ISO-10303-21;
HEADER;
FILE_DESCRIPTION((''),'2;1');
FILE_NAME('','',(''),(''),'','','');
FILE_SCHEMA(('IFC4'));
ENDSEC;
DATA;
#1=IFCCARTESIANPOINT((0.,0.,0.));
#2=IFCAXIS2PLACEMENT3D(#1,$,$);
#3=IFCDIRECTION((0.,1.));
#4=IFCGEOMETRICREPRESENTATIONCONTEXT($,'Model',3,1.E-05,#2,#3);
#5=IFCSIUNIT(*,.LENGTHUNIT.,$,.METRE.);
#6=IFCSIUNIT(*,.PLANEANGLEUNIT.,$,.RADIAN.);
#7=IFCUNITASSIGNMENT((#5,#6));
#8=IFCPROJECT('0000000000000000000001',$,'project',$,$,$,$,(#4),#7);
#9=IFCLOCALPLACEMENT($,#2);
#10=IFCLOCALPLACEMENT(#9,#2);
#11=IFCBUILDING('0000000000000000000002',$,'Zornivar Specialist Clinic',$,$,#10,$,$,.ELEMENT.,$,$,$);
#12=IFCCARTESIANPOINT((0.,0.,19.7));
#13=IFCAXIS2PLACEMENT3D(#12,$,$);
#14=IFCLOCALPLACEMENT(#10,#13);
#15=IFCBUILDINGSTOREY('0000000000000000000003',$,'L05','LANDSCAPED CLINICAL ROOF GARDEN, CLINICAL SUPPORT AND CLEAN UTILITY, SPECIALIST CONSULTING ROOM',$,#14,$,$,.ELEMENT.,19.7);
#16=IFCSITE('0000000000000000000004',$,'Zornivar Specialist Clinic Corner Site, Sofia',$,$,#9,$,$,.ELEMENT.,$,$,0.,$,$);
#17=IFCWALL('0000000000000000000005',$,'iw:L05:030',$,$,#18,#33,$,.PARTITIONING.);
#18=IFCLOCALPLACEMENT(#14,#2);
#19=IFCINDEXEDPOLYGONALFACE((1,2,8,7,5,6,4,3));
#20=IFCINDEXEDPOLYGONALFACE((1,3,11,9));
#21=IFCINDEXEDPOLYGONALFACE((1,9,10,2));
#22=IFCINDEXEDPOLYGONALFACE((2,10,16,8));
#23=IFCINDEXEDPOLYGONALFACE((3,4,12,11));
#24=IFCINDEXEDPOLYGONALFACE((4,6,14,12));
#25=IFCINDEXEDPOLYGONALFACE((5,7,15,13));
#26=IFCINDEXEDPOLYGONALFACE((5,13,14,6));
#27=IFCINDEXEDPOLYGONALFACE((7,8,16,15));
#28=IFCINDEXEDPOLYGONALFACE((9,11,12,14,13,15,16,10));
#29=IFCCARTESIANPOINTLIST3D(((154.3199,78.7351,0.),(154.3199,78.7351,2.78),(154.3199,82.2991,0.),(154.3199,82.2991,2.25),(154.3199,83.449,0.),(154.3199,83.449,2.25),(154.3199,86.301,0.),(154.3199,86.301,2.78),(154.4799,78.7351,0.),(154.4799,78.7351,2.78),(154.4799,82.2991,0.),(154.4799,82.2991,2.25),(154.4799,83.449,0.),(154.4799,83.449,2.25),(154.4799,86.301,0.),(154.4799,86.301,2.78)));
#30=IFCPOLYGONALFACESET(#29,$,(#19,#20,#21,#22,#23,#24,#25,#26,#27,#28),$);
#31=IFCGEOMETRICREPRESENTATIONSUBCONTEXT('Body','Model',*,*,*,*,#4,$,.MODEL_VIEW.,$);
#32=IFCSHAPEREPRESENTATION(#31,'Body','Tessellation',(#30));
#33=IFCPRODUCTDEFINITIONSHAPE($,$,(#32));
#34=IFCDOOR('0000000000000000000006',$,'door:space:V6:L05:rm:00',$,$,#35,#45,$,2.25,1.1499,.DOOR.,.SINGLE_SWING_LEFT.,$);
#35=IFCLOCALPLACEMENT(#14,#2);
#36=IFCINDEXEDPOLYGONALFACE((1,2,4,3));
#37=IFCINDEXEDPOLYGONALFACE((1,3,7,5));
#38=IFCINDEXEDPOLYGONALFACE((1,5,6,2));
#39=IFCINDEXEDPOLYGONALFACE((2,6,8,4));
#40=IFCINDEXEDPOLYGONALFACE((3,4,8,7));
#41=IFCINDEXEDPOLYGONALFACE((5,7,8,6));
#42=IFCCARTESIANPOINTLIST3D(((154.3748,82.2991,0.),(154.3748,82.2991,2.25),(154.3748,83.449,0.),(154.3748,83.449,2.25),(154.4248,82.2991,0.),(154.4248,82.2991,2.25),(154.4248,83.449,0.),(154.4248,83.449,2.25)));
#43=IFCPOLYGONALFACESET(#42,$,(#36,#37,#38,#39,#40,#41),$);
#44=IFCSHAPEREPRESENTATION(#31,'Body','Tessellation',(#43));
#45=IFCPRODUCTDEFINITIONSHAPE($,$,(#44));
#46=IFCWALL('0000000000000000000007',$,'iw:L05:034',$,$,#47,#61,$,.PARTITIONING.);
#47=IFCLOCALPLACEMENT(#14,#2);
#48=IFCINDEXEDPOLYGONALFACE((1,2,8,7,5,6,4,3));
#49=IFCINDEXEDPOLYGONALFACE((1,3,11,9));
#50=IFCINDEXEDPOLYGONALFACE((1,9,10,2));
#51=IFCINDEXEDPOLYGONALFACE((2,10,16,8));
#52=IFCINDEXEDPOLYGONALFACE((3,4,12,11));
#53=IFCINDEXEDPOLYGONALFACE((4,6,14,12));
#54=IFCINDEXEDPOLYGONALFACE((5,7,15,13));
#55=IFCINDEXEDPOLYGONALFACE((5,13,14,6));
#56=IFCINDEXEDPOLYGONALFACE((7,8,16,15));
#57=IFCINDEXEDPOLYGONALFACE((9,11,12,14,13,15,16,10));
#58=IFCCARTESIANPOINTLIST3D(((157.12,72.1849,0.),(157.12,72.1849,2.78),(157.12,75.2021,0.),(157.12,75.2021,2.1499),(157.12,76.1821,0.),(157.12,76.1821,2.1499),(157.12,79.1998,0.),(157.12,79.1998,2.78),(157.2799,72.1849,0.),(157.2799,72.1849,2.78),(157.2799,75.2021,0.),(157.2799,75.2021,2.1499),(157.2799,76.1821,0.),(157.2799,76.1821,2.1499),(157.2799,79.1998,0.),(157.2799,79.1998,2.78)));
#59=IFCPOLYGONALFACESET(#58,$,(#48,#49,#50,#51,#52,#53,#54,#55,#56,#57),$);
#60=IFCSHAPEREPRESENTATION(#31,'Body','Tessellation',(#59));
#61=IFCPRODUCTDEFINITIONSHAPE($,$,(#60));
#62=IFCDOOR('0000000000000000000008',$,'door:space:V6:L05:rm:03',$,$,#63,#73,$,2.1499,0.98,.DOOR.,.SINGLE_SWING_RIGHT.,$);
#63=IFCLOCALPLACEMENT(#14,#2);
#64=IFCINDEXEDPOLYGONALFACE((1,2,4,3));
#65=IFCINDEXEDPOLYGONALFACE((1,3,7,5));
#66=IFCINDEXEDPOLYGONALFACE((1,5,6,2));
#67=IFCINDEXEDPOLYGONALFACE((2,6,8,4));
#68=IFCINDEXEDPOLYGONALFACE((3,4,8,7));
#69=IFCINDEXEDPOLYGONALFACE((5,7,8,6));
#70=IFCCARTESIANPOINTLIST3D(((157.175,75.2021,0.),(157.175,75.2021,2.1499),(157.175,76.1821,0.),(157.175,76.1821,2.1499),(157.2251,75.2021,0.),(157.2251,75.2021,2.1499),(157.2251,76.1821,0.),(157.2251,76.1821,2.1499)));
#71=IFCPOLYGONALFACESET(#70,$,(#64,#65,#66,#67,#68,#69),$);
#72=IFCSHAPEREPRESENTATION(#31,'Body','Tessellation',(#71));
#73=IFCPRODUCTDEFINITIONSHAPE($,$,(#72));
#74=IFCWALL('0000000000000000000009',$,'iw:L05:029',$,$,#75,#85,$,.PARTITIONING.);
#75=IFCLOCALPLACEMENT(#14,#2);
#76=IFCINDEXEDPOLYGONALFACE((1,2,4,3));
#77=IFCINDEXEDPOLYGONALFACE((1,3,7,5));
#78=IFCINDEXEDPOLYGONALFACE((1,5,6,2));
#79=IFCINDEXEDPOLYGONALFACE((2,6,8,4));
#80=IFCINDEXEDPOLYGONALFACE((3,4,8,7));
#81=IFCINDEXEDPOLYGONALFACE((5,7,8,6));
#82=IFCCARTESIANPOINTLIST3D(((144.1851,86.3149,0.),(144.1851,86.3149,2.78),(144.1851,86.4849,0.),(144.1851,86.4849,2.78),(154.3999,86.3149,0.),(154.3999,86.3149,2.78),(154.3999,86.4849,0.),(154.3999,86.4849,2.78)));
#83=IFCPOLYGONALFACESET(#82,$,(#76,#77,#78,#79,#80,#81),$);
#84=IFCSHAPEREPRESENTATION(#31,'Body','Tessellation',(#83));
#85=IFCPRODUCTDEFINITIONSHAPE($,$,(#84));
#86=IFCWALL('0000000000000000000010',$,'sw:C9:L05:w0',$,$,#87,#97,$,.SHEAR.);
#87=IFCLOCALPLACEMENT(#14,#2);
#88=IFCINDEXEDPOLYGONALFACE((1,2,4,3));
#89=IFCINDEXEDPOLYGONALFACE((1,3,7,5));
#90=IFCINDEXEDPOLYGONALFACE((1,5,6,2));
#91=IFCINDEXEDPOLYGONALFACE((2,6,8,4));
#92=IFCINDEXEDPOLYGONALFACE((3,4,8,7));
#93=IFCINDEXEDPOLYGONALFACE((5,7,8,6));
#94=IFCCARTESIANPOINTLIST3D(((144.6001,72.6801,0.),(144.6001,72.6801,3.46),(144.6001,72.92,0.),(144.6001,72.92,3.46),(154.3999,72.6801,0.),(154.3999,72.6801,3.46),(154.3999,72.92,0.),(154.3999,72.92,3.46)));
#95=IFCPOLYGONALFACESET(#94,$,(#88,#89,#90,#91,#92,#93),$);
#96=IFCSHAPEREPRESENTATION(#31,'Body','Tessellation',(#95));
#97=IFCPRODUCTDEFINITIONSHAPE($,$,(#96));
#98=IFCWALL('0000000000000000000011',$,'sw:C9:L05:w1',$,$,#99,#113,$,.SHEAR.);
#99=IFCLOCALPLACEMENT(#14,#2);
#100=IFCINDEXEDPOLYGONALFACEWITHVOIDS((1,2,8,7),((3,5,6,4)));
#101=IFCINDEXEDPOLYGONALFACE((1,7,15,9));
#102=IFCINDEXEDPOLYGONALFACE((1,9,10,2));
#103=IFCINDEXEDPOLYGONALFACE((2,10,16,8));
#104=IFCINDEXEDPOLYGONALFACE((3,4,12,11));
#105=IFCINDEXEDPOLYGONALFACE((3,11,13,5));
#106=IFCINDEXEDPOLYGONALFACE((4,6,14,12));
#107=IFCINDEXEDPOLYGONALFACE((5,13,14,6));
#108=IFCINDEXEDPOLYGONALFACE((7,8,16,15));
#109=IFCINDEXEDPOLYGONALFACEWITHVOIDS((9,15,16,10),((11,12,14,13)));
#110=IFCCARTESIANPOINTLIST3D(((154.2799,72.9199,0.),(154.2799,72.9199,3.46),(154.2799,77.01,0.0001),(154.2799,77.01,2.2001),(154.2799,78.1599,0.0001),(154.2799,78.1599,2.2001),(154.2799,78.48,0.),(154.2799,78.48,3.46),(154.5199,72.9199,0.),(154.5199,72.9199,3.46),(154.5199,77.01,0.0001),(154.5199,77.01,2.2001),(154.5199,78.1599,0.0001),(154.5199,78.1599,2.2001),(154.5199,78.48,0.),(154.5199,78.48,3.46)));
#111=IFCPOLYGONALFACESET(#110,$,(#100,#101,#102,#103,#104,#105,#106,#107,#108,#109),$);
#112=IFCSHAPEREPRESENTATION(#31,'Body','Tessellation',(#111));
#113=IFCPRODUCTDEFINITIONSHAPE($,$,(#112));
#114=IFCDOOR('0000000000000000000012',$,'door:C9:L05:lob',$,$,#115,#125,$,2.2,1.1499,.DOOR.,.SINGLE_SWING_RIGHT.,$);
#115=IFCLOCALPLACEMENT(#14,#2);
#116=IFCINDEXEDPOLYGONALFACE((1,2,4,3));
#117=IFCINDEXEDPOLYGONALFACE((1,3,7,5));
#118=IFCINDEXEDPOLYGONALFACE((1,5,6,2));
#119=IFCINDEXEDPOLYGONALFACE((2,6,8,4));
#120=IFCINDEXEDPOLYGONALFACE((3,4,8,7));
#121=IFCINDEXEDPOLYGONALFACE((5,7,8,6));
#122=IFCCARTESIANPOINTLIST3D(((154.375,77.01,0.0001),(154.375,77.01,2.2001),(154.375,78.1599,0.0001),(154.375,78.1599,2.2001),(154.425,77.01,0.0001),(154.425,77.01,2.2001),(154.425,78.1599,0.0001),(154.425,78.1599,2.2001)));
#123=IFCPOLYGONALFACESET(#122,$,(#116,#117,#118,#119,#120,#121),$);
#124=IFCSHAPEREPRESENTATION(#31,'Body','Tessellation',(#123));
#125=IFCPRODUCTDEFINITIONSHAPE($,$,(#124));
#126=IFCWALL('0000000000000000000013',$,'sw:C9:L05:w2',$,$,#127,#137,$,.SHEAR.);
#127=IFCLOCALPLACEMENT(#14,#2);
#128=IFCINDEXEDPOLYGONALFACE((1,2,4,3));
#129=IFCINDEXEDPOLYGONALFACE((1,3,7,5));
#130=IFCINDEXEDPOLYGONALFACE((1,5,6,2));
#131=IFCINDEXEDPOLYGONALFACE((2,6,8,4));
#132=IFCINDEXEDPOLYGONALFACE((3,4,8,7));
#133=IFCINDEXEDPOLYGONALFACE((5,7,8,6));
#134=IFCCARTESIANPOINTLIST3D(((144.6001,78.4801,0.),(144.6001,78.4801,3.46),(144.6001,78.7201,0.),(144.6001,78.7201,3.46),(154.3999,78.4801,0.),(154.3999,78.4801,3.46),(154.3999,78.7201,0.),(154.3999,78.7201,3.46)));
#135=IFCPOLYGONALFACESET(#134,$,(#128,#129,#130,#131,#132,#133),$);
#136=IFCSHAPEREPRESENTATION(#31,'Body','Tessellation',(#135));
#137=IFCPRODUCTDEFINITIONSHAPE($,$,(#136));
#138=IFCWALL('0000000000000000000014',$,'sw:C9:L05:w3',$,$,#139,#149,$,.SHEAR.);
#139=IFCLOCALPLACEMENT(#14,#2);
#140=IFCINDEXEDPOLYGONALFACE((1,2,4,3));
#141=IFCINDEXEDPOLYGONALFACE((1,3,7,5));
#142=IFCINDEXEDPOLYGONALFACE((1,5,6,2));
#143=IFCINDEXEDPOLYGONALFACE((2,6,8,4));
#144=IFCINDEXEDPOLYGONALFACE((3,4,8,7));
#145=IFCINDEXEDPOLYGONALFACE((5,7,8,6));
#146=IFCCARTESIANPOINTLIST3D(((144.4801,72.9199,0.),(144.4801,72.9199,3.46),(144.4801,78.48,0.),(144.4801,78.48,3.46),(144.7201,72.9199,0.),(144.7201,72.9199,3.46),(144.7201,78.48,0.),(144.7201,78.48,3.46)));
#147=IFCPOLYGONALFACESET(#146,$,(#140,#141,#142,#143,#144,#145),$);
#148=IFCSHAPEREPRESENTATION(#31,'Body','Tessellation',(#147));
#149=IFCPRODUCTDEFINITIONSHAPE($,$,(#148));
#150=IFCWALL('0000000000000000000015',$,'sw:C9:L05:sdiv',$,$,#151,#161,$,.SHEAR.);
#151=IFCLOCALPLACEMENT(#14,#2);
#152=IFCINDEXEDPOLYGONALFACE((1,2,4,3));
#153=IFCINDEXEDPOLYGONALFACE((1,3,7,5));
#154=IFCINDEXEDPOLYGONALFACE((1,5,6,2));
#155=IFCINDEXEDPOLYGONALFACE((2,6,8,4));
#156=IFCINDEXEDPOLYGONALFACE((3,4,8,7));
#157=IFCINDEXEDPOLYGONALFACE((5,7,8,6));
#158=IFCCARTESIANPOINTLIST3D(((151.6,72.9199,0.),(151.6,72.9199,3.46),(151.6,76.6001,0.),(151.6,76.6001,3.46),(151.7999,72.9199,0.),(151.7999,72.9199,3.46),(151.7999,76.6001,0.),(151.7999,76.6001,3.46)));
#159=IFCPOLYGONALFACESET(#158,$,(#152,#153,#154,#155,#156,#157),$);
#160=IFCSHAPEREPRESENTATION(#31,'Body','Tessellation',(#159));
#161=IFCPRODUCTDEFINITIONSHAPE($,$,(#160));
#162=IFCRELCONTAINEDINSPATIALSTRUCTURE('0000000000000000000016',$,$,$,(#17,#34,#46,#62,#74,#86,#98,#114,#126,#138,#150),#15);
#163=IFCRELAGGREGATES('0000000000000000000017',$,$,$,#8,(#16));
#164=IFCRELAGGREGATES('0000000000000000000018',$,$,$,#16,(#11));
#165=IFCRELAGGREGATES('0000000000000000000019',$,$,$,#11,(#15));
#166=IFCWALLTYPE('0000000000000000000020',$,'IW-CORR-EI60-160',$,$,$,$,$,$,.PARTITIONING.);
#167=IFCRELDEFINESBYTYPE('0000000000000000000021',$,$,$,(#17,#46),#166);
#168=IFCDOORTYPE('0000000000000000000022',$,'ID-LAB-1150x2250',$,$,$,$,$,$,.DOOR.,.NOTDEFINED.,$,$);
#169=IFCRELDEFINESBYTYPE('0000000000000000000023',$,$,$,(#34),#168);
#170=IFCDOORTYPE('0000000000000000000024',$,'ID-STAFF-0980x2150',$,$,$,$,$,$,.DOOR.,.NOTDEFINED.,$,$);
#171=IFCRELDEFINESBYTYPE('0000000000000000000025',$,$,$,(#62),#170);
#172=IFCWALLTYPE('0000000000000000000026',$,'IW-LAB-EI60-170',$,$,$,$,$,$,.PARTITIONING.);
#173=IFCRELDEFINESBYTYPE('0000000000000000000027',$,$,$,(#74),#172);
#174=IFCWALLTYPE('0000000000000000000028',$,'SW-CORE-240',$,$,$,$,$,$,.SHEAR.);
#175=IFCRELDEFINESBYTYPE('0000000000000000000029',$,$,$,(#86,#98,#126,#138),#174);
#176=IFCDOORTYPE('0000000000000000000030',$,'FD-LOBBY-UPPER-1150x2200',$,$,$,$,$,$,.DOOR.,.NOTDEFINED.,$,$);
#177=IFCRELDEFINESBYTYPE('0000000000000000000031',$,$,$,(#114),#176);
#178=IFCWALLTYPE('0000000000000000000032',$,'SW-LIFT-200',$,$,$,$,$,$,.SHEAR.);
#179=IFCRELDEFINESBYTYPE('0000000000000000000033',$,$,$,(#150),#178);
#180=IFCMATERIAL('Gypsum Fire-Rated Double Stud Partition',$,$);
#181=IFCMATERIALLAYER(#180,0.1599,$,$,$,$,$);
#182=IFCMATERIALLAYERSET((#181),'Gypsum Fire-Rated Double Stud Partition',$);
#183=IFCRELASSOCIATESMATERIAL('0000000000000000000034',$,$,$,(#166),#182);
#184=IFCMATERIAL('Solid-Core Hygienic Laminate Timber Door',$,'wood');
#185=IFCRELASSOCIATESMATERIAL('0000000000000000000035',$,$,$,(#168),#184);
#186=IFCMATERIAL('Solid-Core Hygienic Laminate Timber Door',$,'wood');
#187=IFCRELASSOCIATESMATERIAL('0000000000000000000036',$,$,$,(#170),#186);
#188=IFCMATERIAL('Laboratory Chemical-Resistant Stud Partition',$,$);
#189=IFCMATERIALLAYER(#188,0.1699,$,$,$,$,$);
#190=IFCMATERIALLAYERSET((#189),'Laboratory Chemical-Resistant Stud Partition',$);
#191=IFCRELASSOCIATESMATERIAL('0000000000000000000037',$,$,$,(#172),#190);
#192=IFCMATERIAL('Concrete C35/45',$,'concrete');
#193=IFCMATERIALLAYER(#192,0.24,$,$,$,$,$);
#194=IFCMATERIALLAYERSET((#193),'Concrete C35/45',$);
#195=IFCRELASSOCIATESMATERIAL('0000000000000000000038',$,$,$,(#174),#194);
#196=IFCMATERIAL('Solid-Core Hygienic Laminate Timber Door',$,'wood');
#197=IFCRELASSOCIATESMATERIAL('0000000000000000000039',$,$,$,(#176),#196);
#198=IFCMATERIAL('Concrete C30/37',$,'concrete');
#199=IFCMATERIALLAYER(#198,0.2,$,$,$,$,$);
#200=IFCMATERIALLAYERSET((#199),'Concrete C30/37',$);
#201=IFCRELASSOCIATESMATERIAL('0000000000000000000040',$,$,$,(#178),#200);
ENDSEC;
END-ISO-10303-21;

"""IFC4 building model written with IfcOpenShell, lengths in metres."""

from ifc_helpers import new_model, si_unit, direction, frame, frame_2d, origin, place, context, subcontext, project, spatial, rectangle, extrude, material, layer, layer_set, type_object, element, fill, save


model = new_model("IFC4")

# Units and contexts
model_context = context("Model", 3, precision=1e-05, world=origin(), true_north=direction((0.0, 1.0)))
body_context = subcontext(model_context, "Body", "Model", "MODEL_VIEW")
ifc_project = project(units=[si_unit("LENGTHUNIT", "METRE"), si_unit("PLANEANGLEUNIT", "RADIAN")], contexts=[model_context])

# Site, building, storey
site_placement = place(None, origin())
site = spatial("IfcSite", under=ifc_project, at=site_placement, Name="Zornivar Specialist Clinic Corner Site, Sofia", CompositionType="ELEMENT", RefElevation=0.0)
building_placement = place(site_placement, origin())
building = spatial("IfcBuilding", under=site, at=building_placement, Name="Zornivar Specialist Clinic", CompositionType="ELEMENT")
storey_placement = place(building_placement, frame((0.0, 0.0, 19.7)))
storey = spatial("IfcBuildingStorey", under=building, at=storey_placement, Name="L05", Description="LANDSCAPED CLINICAL ROOF GARDEN, CLINICAL SUPPORT AND CLEAN UTILITY, SPECIALIST CONSULTING ROOM", CompositionType="ELEMENT", Elevation=19.7)

# Walls, openings, doors
ifc_material_1 = material(Name="Gypsum Fire-Rated Double Stud Partition")
ifc_layer_1 = layer(ifc_material_1, 0.1599)
ifc_layer_set_1 = layer_set([ifc_layer_1], Name="Gypsum Fire-Rated Double Stud Partition")
wall_type_1 = type_object("IfcWallType", Name="IW-CORR-EI60-160", PredefinedType="PARTITIONING", material=ifc_layer_set_1)
wall_1_placement = place(storey_placement, frame((154.3999, 86.301, 0.0), z_axis=(0.0, 0.0, 1.0), x_axis=(0.0, -1.0, 0.0)))
wall_1 = element("IfcWall", 1, at=wall_1_placement, inside=storey, type_object=wall_type_1, Name="iw:L05:030", PredefinedType="PARTITIONING", context=body_context, shape_type="SweptSolid", body=[
    extrude(rectangle(XDim=7.5659, YDim=0.1599, at=frame_2d((3.783, 0.0))), origin(), (0.0, 0.0, 1.0), 2.78),
])
opening_1_placement = place(wall_1_placement, frame((2.8521, 0.0, 0.0)))
opening_1 = element("IfcOpeningElement", 2, at=opening_1_placement, cuts=wall_1, PredefinedType="OPENING", context=body_context, shape_type="SweptSolid", body=[
    extrude(rectangle(XDim=1.1499, YDim=2.25, at=frame_2d((0.575, 1.125))), frame((0.0, 0.0898, 0.0), z_axis=(0.0, -1.0, 0.0), x_axis=(1.0, 0.0, 0.0)), (0.0, 0.0, 1.0), 0.1799),
])
ifc_material_2 = material(Name="Solid-Core Hygienic Laminate Timber Door", Category="wood")
door_type_1 = type_object("IfcDoorType", Name="ID-LAB-1150x2250", OperationType="NOTDEFINED", PredefinedType="DOOR", material=ifc_material_2)
door_1_placement = place(opening_1_placement, origin())
door_1 = element("IfcDoor", 3, at=door_1_placement, inside=storey, type_object=door_type_1, Name="door:space:V6:L05:rm:00", OperationType="SINGLE_SWING_LEFT", OverallHeight=2.25, OverallWidth=1.1499, PredefinedType="DOOR", context=body_context, shape_type="SweptSolid", body=[
    extrude(rectangle(XDim=1.1499, YDim=2.25, at=frame_2d((0.575, 1.125))), frame((0.0, 0.0249, 0.0), z_axis=(0.0, -1.0, 0.0), x_axis=(1.0, 0.0, 0.0)), (0.0, 0.0, 1.0), 0.05),
])
fill(opening_1, door_1)
wall_2_placement = place(storey_placement, frame((157.2, 72.1851, 0.0), z_axis=(0.0, 0.0, 1.0), x_axis=(0.0, 1.0, 0.0)))
wall_2 = element("IfcWall", 4, at=wall_2_placement, inside=storey, type_object=wall_type_1, Name="iw:L05:034", PredefinedType="PARTITIONING", context=body_context, shape_type="SweptSolid", body=[
    extrude(rectangle(XDim=7.0149, YDim=0.1599, at=frame_2d((3.5073, 0.0))), origin(), (0.0, 0.0, 1.0), 2.78),
])
opening_2_placement = place(wall_2_placement, frame((3.0171, 0.0, 0.0)))
opening_2 = element("IfcOpeningElement", 5, at=opening_2_placement, cuts=wall_2, PredefinedType="OPENING", context=body_context, shape_type="SweptSolid", body=[
    extrude(rectangle(XDim=0.98, YDim=2.1499, at=frame_2d((0.49, 1.075))), frame((0.0, 0.0898, 0.0), z_axis=(0.0, -1.0, 0.0), x_axis=(1.0, 0.0, 0.0)), (0.0, 0.0, 1.0), 0.1799),
])
ifc_material_3 = material(Name="Solid-Core Hygienic Laminate Timber Door", Category="wood")
door_type_2 = type_object("IfcDoorType", Name="ID-STAFF-0980x2150", OperationType="NOTDEFINED", PredefinedType="DOOR", material=ifc_material_3)
door_2_placement = place(opening_2_placement, origin())
door_2 = element("IfcDoor", 6, at=door_2_placement, inside=storey, type_object=door_type_2, Name="door:space:V6:L05:rm:03", OperationType="SINGLE_SWING_RIGHT", OverallHeight=2.1499, OverallWidth=0.98, PredefinedType="DOOR", context=body_context, shape_type="SweptSolid", body=[
    extrude(rectangle(XDim=0.98, YDim=2.1499, at=frame_2d((0.49, 1.075))), frame((0.0, 0.0249, 0.0), z_axis=(0.0, -1.0, 0.0), x_axis=(1.0, 0.0, 0.0)), (0.0, 0.0, 1.0), 0.05),
])
fill(opening_2, door_2)

# Walls
ifc_material_4 = material(Name="Laboratory Chemical-Resistant Stud Partition")
ifc_layer_2 = layer(ifc_material_4, 0.1699)
ifc_layer_set_2 = layer_set([ifc_layer_2], Name="Laboratory Chemical-Resistant Stud Partition")
wall_type_2 = type_object("IfcWallType", Name="IW-LAB-EI60-170", PredefinedType="PARTITIONING", material=ifc_layer_set_2)
wall_3_placement = place(storey_placement, frame((144.1851, 86.3999, 0.0), z_axis=(0.0, 0.0, 1.0), x_axis=(1.0, 0.0, 0.0)))
element("IfcWall", 7, at=wall_3_placement, inside=storey, type_object=wall_type_2, Name="iw:L05:029", PredefinedType="PARTITIONING", context=body_context, shape_type="SweptSolid", body=[
    extrude(rectangle(XDim=10.2148, YDim=0.1699, at=frame_2d((5.1074, 0.0))), origin(), (0.0, 0.0, 1.0), 2.78),
])
ifc_material_5 = material(Name="Concrete C35/45", Category="concrete")
ifc_layer_3 = layer(ifc_material_5, 0.24)
ifc_layer_set_3 = layer_set([ifc_layer_3], Name="Concrete C35/45")
wall_type_3 = type_object("IfcWallType", Name="SW-CORE-240", PredefinedType="SHEAR", material=ifc_layer_set_3)
wall_4_placement = place(storey_placement, frame((144.6001, 72.8, 0.0), z_axis=(0.0, 0.0, 1.0), x_axis=(1.0, 0.0, 0.0)))
element("IfcWall", 8, at=wall_4_placement, inside=storey, type_object=wall_type_3, Name="sw:C9:L05:w0", PredefinedType="SHEAR", context=body_context, shape_type="SweptSolid", body=[
    extrude(rectangle(XDim=9.7998, YDim=0.24, at=frame_2d((4.8999, 0.0))), origin(), (0.0, 0.0, 1.0), 3.46),
])

# Wall, opening, door
wall_5_placement = place(storey_placement, frame((154.3999, 72.9199, 0.0), z_axis=(0.0, 0.0, 1.0), x_axis=(0.0, 1.0, 0.0)))
wall_5 = element("IfcWall", 9, at=wall_5_placement, inside=storey, type_object=wall_type_3, Name="sw:C9:L05:w1", PredefinedType="SHEAR", context=body_context, shape_type="SweptSolid", body=[
    extrude(rectangle(XDim=5.5601, YDim=0.24, at=frame_2d((2.78, 0.0))), origin(), (0.0, 0.0, 1.0), 3.46),
])
opening_3_placement = place(wall_5_placement, frame((4.0901, 0.0, 0.0)))
opening_3 = element("IfcOpeningElement", 10, at=opening_3_placement, cuts=wall_5, PredefinedType="OPENING", context=body_context, shape_type="SweptSolid", body=[
    extrude(rectangle(XDim=1.1499, YDim=2.2, at=frame_2d((0.575, 1.1001))), frame((0.0, 0.1299, 0.0), z_axis=(0.0, -1.0, 0.0), x_axis=(1.0, 0.0, 0.0)), (0.0, 0.0, 1.0), 0.26),
])
ifc_material_6 = material(Name="Solid-Core Hygienic Laminate Timber Door", Category="wood")
door_type_3 = type_object("IfcDoorType", Name="FD-LOBBY-UPPER-1150x2200", OperationType="NOTDEFINED", PredefinedType="DOOR", material=ifc_material_6)
door_3_placement = place(opening_3_placement, origin())
door_3 = element("IfcDoor", 11, at=door_3_placement, inside=storey, type_object=door_type_3, Name="door:C9:L05:lob", OperationType="SINGLE_SWING_RIGHT", OverallHeight=2.2, OverallWidth=1.1499, PredefinedType="DOOR", context=body_context, shape_type="SweptSolid", body=[
    extrude(rectangle(XDim=1.1499, YDim=2.2, at=frame_2d((0.575, 1.1001))), frame((0.0, 0.0249, 0.0), z_axis=(0.0, -1.0, 0.0), x_axis=(1.0, 0.0, 0.0)), (0.0, 0.0, 1.0), 0.05),
])
fill(opening_3, door_3)

# Walls
wall_6_placement = place(storey_placement, frame((154.3999, 78.6001, 0.0), z_axis=(0.0, 0.0, 1.0), x_axis=(-1.0, 0.0, 0.0)))
element("IfcWall", 12, at=wall_6_placement, inside=storey, type_object=wall_type_3, Name="sw:C9:L05:w2", PredefinedType="SHEAR", context=body_context, shape_type="SweptSolid", body=[
    extrude(rectangle(XDim=9.7998, YDim=0.24, at=frame_2d((4.8999, 0.0))), origin(), (0.0, 0.0, 1.0), 3.46),
])
wall_7_placement = place(storey_placement, frame((144.6001, 78.48, 0.0), z_axis=(0.0, 0.0, 1.0), x_axis=(0.0, -1.0, 0.0)))
element("IfcWall", 13, at=wall_7_placement, inside=storey, type_object=wall_type_3, Name="sw:C9:L05:w3", PredefinedType="SHEAR", context=body_context, shape_type="SweptSolid", body=[
    extrude(rectangle(XDim=5.5601, YDim=0.24, at=frame_2d((2.78, 0.0))), origin(), (0.0, 0.0, 1.0), 3.46),
])
ifc_material_7 = material(Name="Concrete C30/37", Category="concrete")
ifc_layer_4 = layer(ifc_material_7, 0.2)
ifc_layer_set_4 = layer_set([ifc_layer_4], Name="Concrete C30/37")
wall_type_4 = type_object("IfcWallType", Name="SW-LIFT-200", PredefinedType="SHEAR", material=ifc_layer_set_4)
wall_8_placement = place(storey_placement, frame((151.7, 72.9199, 0.0), z_axis=(0.0, 0.0, 1.0), x_axis=(0.0, 1.0, 0.0)))
element("IfcWall", 14, at=wall_8_placement, inside=storey, type_object=wall_type_4, Name="sw:C9:L05:sdiv", PredefinedType="SHEAR", context=body_context, shape_type="SweptSolid", body=[
    extrude(rectangle(XDim=3.6802, YDim=0.2, at=frame_2d((1.8401, 0.0))), origin(), (0.0, 0.0, 1.0), 3.46),
])

save(model, "model.ifc")
